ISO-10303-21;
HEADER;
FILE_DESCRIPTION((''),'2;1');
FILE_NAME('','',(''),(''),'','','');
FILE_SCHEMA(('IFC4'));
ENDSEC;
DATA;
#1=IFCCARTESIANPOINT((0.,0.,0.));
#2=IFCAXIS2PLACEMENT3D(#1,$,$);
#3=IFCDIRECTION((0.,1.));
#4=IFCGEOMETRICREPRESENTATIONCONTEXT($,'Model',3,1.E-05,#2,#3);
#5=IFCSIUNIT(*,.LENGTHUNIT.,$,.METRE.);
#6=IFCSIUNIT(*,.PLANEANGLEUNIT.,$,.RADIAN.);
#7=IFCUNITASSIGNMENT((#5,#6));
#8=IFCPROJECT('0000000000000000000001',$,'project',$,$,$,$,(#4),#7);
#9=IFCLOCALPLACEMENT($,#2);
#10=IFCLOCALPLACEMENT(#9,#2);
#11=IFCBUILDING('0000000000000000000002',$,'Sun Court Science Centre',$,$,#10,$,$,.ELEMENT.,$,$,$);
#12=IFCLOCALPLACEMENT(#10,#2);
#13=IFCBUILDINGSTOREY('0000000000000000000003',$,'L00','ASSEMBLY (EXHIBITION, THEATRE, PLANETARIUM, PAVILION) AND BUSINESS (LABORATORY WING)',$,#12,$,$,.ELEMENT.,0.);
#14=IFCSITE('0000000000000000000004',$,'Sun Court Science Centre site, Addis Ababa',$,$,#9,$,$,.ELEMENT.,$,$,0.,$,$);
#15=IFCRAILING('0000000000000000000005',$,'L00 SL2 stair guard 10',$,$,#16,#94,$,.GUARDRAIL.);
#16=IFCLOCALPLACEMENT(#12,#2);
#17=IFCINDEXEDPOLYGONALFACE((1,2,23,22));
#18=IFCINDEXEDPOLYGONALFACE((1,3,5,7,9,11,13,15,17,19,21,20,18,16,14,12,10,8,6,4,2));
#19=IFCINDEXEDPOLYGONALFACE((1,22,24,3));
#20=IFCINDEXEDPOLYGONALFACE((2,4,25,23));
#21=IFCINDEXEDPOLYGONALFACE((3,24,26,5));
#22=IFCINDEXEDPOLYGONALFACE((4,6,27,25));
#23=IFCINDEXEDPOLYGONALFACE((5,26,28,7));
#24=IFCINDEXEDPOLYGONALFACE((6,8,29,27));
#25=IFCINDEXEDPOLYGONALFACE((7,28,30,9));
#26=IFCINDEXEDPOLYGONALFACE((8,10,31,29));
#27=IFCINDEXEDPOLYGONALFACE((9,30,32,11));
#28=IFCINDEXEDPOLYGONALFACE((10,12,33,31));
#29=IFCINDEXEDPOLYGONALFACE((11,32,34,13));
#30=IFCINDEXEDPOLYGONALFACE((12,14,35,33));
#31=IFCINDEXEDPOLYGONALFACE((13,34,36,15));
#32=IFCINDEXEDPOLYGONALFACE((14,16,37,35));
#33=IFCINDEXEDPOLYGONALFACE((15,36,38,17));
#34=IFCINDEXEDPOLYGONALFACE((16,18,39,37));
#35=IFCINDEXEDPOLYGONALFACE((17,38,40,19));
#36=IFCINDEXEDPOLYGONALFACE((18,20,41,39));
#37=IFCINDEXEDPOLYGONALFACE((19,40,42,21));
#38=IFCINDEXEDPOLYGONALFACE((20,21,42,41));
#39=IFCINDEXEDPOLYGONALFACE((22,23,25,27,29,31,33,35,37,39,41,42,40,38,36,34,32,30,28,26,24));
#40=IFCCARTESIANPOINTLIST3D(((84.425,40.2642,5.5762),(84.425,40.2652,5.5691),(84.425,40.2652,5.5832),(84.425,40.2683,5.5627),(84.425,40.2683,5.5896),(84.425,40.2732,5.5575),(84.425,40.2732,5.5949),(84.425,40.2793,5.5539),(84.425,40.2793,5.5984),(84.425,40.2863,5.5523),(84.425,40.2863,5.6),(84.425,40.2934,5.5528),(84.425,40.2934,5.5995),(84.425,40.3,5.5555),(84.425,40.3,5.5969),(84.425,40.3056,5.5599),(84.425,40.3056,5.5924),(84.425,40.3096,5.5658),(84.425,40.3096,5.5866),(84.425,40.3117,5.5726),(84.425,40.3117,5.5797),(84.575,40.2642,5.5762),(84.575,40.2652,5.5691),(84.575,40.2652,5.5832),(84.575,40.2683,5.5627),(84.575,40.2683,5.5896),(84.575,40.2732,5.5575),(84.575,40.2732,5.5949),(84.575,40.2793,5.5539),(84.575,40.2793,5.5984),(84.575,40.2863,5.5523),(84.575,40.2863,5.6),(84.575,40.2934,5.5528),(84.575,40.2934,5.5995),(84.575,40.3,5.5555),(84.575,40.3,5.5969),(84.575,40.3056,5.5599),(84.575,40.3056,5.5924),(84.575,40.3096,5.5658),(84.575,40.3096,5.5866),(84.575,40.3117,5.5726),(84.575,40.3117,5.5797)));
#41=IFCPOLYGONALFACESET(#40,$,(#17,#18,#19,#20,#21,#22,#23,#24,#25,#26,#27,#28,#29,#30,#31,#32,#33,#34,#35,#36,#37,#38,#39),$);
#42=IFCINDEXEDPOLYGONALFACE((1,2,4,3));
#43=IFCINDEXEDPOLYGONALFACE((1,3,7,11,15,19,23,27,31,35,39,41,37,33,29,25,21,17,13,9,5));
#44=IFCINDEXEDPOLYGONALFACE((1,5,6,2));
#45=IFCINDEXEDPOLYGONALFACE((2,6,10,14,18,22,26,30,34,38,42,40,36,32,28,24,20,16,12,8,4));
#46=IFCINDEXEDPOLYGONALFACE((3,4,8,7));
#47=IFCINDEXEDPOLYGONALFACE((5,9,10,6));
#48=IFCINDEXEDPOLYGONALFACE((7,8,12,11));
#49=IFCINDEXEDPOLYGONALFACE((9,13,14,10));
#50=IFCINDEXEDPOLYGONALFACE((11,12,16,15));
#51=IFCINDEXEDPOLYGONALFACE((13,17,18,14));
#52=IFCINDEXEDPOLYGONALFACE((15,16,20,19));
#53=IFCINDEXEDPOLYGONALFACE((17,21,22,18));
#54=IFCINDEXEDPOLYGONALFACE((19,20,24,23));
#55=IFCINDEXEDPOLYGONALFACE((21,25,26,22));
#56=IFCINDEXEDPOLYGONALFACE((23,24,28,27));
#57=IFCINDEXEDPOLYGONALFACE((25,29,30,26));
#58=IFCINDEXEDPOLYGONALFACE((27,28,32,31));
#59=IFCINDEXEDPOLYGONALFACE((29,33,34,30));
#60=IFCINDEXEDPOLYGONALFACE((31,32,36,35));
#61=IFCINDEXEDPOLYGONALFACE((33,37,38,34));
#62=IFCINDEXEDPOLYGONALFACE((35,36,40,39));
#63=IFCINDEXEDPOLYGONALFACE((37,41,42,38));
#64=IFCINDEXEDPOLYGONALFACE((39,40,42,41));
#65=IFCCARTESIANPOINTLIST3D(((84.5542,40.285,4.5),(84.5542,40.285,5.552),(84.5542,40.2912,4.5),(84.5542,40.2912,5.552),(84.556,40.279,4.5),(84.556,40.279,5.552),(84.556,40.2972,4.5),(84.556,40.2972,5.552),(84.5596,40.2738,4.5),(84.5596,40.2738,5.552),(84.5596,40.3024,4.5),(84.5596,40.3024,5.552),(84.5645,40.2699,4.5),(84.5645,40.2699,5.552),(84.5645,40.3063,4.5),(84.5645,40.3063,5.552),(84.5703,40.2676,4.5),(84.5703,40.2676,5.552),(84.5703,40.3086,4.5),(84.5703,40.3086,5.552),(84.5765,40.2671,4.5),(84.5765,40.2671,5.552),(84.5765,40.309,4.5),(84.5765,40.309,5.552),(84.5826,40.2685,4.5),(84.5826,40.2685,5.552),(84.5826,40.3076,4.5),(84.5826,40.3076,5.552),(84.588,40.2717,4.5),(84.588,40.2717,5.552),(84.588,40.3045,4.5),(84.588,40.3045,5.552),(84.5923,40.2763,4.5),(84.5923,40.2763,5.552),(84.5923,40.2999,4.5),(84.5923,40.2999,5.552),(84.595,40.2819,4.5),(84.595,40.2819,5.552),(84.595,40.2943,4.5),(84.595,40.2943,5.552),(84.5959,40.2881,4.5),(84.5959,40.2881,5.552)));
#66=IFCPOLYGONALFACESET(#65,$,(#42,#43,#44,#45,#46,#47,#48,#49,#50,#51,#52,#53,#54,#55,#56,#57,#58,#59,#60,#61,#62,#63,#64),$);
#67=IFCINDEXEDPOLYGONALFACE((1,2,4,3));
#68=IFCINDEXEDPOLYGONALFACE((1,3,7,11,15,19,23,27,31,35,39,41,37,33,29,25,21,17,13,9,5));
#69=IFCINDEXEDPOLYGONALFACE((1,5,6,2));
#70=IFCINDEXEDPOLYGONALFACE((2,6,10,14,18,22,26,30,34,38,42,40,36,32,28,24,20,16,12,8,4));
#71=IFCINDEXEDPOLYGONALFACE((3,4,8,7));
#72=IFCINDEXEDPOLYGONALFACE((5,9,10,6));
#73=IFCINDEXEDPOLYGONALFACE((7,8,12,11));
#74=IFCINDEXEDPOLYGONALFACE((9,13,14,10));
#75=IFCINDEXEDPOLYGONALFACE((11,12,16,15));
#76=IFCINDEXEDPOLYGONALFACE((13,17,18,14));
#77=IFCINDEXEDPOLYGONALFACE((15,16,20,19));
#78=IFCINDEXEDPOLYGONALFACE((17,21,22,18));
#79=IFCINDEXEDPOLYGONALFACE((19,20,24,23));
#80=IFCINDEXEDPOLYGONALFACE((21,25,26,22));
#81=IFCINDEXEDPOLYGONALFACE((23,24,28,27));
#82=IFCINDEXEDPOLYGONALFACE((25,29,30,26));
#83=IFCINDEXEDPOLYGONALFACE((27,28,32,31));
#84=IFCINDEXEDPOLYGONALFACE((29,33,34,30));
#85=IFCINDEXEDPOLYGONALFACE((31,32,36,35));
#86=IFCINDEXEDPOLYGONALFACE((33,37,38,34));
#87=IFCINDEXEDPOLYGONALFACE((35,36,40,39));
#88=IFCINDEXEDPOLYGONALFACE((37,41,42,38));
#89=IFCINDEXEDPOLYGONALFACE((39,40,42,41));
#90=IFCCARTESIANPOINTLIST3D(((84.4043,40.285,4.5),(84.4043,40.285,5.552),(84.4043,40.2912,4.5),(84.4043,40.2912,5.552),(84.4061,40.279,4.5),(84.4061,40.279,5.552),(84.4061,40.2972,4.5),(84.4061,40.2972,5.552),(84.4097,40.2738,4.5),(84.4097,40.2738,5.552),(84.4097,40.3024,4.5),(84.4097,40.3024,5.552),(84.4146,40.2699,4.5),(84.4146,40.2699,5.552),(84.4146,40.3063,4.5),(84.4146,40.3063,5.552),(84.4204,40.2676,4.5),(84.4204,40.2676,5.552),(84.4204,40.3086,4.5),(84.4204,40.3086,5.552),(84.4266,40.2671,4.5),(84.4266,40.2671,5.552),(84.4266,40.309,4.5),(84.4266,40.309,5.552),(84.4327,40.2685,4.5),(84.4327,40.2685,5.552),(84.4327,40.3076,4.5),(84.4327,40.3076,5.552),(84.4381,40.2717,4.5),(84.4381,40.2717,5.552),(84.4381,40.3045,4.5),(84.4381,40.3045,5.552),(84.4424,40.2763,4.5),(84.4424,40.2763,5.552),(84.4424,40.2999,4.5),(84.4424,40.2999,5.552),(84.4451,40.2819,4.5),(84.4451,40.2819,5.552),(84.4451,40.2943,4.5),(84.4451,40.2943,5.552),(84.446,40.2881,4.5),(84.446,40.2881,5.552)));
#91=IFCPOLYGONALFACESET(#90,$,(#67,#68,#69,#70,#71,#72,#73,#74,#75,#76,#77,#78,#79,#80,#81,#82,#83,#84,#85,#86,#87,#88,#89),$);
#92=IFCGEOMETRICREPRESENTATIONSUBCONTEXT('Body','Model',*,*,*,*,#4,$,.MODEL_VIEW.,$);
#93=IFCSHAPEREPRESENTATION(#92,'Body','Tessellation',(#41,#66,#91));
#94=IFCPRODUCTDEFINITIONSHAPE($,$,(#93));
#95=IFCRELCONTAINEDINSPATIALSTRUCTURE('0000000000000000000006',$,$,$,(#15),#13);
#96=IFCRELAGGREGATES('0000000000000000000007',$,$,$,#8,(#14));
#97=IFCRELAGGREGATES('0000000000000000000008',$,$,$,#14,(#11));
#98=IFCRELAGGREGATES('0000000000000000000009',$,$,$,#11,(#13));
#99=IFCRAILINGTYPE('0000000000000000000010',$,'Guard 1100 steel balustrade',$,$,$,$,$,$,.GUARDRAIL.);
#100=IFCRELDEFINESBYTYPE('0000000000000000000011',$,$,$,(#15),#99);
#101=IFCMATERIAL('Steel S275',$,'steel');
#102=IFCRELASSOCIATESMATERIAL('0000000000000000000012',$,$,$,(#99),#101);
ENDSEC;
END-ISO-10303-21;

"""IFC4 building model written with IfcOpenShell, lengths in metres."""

from ifc_helpers import new_model, si_unit, direction, frame, origin, origin_2d, place, context, subcontext, project, spatial, circle, extrude, material, type_object, element, save


model = new_model("IFC4")

# Units and contexts
model_context = context("Model", 3, precision=1e-05, world=origin(), true_north=direction((0.0, 1.0)))
body_context = subcontext(model_context, "Body", "Model", "MODEL_VIEW")
ifc_project = project(units=[si_unit("LENGTHUNIT", "METRE"), si_unit("PLANEANGLEUNIT", "RADIAN")], contexts=[model_context])

# Site, building, storey
site_placement = place(None, origin())
site = spatial("IfcSite", under=ifc_project, at=site_placement, Name="Sun Court Science Centre site, Addis Ababa", CompositionType="ELEMENT", RefElevation=0.0)
building_placement = place(site_placement, origin())
building = spatial("IfcBuilding", under=site, at=building_placement, Name="Sun Court Science Centre", CompositionType="ELEMENT")
storey_placement = place(building_placement, origin())
storey = spatial("IfcBuildingStorey", under=building, at=storey_placement, Name="L00", Description="ASSEMBLY (EXHIBITION, THEATRE, PLANETARIUM, PAVILION) AND BUSINESS (LABORATORY WING)", CompositionType="ELEMENT", Elevation=0.0)

# Railing
ifc_material_1 = material(Name="Steel S275", Category="steel")
railing_type_1 = type_object("IfcRailingType", Name="Guard 1100 steel balustrade", PredefinedType="GUARDRAIL", material=ifc_material_1)
railing_1_placement = place(storey_placement, frame((84.575, 40.2881, 4.5)))
element("IfcRailing", 1, at=railing_1_placement, inside=storey, type_object=railing_type_1, Name="L00 SL2 stair guard 10", PredefinedType="GUARDRAIL", context=body_context, shape_type="SweptSolid", body=[
    extrude(circle(Radius=0.0239, at=origin_2d()), frame((0.0, 0.0, 1.0762), z_axis=(-1.0, 0.0, 0.0), x_axis=(0.0, -1.0, 0.0)), (0.0, 0.0, 1.0), 0.1499),
    extrude(circle(Radius=0.021, at=origin_2d()), origin(), (0.0, 0.0, 1.0), 1.052),
    extrude(circle(Radius=0.021, at=origin_2d()), frame((-0.1499, 0.0, 0.0)), (0.0, 0.0, 1.0), 1.052),
])

save(model, "model.ifc")
